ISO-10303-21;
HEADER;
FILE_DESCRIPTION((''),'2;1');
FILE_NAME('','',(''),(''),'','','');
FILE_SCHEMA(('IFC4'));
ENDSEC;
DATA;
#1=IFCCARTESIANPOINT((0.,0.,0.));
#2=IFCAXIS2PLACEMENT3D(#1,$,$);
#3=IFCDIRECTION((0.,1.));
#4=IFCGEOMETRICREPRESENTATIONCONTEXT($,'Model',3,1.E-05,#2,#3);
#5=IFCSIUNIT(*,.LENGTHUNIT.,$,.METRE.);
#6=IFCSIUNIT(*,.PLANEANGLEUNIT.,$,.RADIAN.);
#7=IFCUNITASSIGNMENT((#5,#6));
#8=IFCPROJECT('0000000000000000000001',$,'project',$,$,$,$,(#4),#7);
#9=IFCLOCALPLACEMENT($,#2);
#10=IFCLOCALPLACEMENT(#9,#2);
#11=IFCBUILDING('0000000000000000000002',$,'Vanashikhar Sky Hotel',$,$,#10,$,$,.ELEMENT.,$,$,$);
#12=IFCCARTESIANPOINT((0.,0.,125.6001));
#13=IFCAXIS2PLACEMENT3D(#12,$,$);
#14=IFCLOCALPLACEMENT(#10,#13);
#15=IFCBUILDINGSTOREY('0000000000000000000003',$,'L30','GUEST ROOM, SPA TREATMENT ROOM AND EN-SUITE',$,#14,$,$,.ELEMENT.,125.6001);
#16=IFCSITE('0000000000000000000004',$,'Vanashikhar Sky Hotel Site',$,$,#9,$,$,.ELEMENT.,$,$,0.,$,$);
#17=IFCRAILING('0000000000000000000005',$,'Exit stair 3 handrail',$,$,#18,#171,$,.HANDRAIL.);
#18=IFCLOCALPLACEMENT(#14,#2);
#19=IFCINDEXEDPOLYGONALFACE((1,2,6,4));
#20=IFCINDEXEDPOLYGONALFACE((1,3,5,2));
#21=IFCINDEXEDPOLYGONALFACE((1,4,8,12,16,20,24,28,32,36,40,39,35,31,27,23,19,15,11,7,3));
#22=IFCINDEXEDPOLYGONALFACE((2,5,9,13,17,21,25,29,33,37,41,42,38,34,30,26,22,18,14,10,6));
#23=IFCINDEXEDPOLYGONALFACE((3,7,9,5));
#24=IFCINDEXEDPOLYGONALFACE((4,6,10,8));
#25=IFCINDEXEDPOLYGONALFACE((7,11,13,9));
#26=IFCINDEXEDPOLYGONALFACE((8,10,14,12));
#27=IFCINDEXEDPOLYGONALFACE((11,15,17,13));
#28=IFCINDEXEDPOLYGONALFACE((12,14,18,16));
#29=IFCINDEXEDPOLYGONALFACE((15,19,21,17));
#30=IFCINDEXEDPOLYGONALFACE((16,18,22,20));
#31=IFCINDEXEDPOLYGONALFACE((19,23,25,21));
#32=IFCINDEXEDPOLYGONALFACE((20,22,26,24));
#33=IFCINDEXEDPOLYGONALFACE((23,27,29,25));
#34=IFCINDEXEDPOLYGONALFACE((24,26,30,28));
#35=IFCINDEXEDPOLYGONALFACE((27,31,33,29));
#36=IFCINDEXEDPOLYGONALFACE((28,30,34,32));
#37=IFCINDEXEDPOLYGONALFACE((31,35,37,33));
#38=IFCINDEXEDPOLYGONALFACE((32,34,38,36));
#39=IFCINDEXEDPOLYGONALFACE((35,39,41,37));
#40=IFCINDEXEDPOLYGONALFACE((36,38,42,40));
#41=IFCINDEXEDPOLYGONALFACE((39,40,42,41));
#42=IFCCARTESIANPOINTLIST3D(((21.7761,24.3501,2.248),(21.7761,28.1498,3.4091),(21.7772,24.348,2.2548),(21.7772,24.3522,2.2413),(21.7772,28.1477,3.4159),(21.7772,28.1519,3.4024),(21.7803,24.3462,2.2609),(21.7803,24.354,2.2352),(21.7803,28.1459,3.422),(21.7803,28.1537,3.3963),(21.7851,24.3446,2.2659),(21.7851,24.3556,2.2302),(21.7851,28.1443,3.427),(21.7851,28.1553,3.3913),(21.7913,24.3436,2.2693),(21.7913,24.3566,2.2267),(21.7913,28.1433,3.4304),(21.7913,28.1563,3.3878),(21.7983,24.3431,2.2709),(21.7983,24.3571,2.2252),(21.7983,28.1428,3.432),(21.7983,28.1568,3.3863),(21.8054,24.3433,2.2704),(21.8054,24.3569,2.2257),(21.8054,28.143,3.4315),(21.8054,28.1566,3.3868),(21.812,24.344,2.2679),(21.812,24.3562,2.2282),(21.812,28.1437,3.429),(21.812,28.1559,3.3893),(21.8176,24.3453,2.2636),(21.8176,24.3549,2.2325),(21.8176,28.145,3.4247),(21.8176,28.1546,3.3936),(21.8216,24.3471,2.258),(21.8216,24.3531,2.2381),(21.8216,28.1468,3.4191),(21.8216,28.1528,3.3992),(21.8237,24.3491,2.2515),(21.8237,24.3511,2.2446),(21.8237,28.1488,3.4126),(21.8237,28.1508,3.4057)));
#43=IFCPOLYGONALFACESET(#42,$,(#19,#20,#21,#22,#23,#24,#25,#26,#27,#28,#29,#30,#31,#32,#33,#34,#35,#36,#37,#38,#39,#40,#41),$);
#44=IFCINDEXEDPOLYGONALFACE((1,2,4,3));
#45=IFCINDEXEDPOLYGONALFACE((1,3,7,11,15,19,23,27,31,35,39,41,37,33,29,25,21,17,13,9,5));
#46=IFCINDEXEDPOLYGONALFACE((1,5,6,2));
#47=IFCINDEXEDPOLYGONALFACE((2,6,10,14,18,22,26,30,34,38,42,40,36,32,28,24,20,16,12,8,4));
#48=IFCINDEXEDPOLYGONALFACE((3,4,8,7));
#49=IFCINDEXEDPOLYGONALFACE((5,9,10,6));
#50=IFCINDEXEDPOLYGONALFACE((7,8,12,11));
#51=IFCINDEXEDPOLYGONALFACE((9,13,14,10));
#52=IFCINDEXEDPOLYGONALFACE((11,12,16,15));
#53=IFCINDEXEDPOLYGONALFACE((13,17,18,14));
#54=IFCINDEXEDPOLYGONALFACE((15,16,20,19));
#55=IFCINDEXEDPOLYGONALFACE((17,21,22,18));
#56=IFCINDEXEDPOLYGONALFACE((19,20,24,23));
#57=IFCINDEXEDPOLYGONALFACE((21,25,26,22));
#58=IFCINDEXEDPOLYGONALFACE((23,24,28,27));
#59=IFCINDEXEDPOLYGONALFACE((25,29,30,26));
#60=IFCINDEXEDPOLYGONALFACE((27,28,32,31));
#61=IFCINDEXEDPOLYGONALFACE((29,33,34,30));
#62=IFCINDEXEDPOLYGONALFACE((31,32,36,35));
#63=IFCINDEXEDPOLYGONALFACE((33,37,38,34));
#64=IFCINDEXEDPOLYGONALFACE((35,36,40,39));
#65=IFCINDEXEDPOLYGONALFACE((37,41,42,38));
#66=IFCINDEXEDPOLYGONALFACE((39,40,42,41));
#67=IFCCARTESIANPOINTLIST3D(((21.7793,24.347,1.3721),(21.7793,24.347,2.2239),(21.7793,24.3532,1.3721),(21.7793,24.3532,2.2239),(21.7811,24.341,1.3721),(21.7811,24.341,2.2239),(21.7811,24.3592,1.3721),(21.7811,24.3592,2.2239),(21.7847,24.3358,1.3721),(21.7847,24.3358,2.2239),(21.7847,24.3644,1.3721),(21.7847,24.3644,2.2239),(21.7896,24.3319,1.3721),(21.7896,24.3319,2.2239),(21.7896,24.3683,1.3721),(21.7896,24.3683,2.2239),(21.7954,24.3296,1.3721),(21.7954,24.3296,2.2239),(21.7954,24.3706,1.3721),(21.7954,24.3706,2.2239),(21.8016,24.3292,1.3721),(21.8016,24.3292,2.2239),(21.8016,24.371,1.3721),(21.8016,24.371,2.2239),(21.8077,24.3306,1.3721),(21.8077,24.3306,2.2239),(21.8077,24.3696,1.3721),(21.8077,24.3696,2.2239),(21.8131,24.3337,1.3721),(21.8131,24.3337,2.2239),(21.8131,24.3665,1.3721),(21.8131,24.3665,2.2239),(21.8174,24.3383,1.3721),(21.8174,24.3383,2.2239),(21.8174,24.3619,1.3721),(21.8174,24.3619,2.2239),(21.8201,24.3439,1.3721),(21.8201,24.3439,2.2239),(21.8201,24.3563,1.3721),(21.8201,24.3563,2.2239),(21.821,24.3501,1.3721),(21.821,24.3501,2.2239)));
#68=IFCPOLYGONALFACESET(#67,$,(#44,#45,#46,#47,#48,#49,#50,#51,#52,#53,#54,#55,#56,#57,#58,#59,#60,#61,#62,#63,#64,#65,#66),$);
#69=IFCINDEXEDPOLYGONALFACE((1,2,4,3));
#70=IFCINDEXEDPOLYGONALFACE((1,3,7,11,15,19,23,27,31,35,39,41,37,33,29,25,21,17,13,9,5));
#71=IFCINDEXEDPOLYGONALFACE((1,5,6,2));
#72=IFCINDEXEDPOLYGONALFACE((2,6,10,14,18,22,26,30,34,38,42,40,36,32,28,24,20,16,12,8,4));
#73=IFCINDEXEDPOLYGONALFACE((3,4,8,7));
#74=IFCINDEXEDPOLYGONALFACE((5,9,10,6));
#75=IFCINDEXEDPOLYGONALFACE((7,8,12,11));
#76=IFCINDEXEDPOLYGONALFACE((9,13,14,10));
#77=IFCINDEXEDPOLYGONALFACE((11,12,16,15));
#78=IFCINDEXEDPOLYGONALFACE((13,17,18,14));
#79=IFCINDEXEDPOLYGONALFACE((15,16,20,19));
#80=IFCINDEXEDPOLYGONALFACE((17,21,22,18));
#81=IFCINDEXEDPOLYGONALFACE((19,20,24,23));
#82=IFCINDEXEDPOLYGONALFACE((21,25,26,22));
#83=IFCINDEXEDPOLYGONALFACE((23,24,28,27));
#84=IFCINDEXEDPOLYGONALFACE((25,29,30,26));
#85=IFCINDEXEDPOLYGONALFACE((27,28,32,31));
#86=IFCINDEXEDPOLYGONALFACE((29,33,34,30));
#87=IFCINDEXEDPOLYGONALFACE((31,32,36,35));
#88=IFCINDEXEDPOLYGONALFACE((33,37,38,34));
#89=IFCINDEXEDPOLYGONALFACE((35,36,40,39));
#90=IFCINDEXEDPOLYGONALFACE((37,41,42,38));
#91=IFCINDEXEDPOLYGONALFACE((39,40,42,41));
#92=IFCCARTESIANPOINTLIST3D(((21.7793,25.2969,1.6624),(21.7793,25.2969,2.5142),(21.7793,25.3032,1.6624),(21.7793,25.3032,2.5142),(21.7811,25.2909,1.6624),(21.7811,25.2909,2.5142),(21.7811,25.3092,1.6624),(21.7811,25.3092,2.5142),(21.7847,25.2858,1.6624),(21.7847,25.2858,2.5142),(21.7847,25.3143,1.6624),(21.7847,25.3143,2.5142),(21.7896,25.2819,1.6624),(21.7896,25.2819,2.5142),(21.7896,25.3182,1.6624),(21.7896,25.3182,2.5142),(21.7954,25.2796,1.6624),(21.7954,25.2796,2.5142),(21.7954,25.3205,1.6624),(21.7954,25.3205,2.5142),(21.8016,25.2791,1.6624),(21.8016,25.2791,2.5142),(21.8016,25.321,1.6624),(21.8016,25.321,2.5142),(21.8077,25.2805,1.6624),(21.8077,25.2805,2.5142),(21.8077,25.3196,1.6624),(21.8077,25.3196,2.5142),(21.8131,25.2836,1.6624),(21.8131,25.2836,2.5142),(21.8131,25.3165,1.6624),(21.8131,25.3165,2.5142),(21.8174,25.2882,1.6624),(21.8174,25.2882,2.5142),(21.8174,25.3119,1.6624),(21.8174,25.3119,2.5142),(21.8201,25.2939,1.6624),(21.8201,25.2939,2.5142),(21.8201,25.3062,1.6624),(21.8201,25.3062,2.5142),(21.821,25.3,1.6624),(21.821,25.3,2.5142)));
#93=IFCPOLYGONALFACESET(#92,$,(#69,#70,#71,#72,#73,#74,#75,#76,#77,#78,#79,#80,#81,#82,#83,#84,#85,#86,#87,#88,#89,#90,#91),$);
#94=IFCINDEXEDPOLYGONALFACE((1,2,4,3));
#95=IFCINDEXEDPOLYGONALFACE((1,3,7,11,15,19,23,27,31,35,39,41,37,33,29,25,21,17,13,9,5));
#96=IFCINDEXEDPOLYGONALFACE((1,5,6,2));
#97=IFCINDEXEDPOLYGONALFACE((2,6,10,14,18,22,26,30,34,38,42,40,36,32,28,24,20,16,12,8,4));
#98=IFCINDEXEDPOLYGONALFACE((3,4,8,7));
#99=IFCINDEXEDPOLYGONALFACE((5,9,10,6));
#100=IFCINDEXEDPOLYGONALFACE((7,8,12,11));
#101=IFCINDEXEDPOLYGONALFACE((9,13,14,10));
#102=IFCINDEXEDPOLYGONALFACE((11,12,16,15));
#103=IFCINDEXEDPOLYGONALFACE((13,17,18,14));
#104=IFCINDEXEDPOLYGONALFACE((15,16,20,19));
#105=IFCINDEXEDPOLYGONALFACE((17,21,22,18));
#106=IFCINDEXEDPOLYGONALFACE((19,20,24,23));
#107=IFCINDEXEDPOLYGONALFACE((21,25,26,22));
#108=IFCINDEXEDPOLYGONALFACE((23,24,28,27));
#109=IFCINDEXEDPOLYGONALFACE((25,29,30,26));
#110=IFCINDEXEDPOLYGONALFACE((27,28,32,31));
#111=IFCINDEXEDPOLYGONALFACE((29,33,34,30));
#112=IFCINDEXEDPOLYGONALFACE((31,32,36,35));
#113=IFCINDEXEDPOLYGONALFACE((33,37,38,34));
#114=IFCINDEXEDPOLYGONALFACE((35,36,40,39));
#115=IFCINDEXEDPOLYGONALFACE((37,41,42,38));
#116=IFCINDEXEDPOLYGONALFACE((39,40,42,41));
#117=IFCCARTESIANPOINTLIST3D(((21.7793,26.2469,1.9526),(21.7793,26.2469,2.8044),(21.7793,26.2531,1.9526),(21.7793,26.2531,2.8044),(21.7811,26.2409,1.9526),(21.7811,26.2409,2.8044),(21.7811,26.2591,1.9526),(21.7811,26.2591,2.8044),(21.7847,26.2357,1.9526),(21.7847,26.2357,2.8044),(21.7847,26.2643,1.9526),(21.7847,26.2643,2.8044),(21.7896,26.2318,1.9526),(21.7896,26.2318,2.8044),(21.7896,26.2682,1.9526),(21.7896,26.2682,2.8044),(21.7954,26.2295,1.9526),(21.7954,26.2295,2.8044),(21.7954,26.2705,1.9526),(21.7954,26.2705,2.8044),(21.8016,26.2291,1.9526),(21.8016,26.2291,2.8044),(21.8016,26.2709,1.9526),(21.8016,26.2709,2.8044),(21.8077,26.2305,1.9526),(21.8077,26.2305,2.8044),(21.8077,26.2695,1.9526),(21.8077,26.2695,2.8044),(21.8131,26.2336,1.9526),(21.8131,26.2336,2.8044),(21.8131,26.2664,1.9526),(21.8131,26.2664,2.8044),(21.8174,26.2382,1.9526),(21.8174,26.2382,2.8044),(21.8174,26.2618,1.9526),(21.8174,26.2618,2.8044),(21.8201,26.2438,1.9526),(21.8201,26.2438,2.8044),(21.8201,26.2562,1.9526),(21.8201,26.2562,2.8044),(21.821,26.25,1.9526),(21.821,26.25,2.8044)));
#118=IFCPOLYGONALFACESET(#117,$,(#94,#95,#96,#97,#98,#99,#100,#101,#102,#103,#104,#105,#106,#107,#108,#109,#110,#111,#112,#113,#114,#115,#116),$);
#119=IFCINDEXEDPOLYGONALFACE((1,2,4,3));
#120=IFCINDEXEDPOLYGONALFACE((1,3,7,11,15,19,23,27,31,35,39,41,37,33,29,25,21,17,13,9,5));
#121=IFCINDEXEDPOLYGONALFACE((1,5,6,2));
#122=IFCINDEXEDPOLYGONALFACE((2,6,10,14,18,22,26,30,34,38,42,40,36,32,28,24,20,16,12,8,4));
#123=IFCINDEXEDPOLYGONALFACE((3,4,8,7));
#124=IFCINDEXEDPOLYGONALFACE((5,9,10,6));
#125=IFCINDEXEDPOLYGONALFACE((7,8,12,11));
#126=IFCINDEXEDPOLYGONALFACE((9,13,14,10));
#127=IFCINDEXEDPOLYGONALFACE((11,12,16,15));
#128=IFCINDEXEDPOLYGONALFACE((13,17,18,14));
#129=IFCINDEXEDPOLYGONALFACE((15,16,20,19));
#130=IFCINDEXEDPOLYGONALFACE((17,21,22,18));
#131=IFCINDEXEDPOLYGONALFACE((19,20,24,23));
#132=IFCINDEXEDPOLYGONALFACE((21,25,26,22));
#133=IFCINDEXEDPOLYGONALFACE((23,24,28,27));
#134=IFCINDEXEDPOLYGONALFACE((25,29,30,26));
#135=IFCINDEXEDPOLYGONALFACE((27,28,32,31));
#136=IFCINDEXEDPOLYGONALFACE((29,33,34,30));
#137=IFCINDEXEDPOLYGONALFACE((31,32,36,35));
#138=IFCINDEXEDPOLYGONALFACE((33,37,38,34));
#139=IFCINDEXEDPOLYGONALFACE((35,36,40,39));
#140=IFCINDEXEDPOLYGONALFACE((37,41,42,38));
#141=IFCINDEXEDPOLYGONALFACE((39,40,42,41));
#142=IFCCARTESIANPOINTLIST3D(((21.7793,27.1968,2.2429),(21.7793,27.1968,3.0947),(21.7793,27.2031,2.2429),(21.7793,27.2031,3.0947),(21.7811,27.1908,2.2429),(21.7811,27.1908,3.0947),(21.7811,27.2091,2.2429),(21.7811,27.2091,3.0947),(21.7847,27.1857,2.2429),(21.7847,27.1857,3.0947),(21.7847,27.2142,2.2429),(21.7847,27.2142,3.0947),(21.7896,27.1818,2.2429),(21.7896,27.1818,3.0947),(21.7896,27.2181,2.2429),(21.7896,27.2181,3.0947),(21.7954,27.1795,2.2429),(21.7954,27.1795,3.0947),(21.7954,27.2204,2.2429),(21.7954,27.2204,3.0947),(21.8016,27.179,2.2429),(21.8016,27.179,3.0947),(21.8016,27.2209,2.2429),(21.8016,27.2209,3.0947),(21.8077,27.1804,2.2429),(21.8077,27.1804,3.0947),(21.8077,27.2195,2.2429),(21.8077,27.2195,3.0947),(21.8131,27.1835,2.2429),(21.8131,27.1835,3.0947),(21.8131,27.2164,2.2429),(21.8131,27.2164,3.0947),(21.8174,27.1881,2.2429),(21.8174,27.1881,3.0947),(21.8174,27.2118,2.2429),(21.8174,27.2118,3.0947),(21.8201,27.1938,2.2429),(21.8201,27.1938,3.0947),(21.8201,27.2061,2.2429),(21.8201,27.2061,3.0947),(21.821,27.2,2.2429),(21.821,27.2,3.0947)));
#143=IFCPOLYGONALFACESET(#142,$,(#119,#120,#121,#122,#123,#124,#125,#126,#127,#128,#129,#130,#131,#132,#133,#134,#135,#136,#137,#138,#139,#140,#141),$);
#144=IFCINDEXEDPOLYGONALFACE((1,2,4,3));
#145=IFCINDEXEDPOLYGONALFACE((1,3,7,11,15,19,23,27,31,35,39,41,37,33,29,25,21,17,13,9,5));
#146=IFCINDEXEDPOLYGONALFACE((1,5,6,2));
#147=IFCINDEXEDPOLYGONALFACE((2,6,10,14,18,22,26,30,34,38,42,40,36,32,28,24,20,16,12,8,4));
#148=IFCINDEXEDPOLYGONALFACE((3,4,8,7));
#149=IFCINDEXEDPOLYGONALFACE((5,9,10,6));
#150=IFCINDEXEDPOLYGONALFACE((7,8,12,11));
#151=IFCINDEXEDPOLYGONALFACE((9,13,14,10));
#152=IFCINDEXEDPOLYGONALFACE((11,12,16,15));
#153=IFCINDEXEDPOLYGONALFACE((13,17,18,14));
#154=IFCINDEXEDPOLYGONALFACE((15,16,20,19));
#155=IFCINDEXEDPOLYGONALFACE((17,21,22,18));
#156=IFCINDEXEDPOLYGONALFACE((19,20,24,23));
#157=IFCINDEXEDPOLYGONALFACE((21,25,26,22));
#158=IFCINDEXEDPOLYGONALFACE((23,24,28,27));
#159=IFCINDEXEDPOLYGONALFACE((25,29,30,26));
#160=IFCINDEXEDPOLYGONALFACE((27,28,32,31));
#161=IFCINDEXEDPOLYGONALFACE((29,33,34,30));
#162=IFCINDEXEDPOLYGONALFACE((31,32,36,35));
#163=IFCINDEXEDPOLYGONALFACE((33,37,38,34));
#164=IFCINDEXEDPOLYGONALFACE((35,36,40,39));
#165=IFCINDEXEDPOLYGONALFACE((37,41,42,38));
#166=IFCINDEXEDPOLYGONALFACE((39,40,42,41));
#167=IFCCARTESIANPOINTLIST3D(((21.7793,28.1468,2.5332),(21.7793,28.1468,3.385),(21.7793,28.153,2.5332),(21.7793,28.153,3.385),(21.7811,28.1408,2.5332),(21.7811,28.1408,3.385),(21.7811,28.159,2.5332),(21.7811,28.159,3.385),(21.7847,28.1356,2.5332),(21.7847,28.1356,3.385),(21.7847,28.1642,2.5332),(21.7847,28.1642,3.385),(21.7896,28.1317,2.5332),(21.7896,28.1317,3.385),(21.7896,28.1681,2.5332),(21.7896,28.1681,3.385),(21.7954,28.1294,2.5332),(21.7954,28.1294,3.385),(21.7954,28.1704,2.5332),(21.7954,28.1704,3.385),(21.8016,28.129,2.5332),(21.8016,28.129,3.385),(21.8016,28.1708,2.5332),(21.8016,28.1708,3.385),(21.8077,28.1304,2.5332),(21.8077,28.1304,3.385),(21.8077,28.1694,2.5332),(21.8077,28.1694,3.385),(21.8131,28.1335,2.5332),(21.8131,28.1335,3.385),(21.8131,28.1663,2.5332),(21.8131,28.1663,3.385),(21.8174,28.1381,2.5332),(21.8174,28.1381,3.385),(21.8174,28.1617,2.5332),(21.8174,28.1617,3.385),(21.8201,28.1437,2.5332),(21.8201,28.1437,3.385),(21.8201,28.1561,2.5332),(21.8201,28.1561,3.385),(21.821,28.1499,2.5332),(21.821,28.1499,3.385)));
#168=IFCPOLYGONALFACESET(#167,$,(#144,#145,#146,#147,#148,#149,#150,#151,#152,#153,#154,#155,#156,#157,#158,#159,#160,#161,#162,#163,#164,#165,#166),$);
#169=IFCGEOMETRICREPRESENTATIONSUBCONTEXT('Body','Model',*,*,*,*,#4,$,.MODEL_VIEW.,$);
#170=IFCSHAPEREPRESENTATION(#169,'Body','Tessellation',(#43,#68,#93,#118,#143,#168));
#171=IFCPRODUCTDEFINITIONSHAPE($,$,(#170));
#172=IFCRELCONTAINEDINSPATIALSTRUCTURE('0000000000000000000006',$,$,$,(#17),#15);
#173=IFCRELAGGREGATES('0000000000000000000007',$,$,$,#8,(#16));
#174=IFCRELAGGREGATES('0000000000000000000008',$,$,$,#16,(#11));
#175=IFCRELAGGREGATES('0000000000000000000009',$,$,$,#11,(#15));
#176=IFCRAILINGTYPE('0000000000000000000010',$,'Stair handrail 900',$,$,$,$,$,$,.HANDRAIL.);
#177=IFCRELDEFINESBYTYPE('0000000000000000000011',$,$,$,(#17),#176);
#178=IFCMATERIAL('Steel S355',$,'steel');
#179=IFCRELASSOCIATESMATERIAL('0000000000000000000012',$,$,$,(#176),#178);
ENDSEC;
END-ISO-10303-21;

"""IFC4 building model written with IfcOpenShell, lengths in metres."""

from ifc_helpers import new_model, si_unit, direction, frame, origin, origin_2d, place, context, subcontext, project, spatial, circle, extrude, source, transform, mapped, material, type_object, element, save


model = new_model("IFC4")

# Units and contexts
model_context = context("Model", 3, precision=1e-05, world=origin(), true_north=direction((0.0, 1.0)))
body_context = subcontext(model_context, "Body", "Model", "MODEL_VIEW")
ifc_project = project(units=[si_unit("LENGTHUNIT", "METRE"), si_unit("PLANEANGLEUNIT", "RADIAN")], contexts=[model_context])

# Site, building, storey
site_placement = place(None, origin())
site = spatial("IfcSite", under=ifc_project, at=site_placement, Name="Vanashikhar Sky Hotel Site", CompositionType="ELEMENT", RefElevation=0.0)
building_placement = place(site_placement, origin())
building = spatial("IfcBuilding", under=site, at=building_placement, Name="Vanashikhar Sky Hotel", CompositionType="ELEMENT")
storey_placement = place(building_placement, frame((0.0, 0.0, 125.6001)))
storey = spatial("IfcBuildingStorey", under=building, at=storey_placement, Name="L30", Description="GUEST ROOM, SPA TREATMENT ROOM AND EN-SUITE", CompositionType="ELEMENT", Elevation=125.6001)

# Railing
ifc_material_1 = material(Name="Steel S355", Category="steel")
railing_type_1 = type_object("IfcRailingType", Name="Stair handrail 900", PredefinedType="HANDRAIL", material=ifc_material_1)
shared_shape_1 = source(origin(), body_context, "Body", "SweptSolid", [
    extrude(circle(Radius=0.0239, at=origin_2d()), frame((0.0, 0.0, 0.876), z_axis=(0.0, 0.956346, 0.292237), x_axis=(-1.0, 0.0, 0.0)), (0.0, 0.0, 1.0), 3.9731),
    extrude(circle(Radius=0.021, at=origin_2d()), origin(), (0.0, 0.0, 1.0), 0.8518),
    extrude(circle(Radius=0.021, at=origin_2d()), frame((0.0, 0.95, 0.2903)), (0.0, 0.0, 1.0), 0.8518),
    extrude(circle(Radius=0.021, at=origin_2d()), frame((0.0, 1.8999, 0.5806)), (0.0, 0.0, 1.0), 0.8518),
    extrude(circle(Radius=0.021, at=origin_2d()), frame((0.0, 2.8499, 0.8708)), (0.0, 0.0, 1.0), 0.8518),
    extrude(circle(Radius=0.021, at=origin_2d()), frame((0.0, 3.7998, 1.1611)), (0.0, 0.0, 1.0), 0.8518),
])
railing_1_placement = place(storey_placement, frame((21.8, 24.3501, 1.3721)))
element("IfcRailing", 1, at=railing_1_placement, inside=storey, type_object=railing_type_1, Name="Exit stair 3 handrail", PredefinedType="HANDRAIL", context=body_context, shape_type="MappedRepresentation", body=[
    mapped(shared_shape_1, transform((0.0, 0.0, 0.0), scale=1.0)),
])

save(model, "model.ifc")
